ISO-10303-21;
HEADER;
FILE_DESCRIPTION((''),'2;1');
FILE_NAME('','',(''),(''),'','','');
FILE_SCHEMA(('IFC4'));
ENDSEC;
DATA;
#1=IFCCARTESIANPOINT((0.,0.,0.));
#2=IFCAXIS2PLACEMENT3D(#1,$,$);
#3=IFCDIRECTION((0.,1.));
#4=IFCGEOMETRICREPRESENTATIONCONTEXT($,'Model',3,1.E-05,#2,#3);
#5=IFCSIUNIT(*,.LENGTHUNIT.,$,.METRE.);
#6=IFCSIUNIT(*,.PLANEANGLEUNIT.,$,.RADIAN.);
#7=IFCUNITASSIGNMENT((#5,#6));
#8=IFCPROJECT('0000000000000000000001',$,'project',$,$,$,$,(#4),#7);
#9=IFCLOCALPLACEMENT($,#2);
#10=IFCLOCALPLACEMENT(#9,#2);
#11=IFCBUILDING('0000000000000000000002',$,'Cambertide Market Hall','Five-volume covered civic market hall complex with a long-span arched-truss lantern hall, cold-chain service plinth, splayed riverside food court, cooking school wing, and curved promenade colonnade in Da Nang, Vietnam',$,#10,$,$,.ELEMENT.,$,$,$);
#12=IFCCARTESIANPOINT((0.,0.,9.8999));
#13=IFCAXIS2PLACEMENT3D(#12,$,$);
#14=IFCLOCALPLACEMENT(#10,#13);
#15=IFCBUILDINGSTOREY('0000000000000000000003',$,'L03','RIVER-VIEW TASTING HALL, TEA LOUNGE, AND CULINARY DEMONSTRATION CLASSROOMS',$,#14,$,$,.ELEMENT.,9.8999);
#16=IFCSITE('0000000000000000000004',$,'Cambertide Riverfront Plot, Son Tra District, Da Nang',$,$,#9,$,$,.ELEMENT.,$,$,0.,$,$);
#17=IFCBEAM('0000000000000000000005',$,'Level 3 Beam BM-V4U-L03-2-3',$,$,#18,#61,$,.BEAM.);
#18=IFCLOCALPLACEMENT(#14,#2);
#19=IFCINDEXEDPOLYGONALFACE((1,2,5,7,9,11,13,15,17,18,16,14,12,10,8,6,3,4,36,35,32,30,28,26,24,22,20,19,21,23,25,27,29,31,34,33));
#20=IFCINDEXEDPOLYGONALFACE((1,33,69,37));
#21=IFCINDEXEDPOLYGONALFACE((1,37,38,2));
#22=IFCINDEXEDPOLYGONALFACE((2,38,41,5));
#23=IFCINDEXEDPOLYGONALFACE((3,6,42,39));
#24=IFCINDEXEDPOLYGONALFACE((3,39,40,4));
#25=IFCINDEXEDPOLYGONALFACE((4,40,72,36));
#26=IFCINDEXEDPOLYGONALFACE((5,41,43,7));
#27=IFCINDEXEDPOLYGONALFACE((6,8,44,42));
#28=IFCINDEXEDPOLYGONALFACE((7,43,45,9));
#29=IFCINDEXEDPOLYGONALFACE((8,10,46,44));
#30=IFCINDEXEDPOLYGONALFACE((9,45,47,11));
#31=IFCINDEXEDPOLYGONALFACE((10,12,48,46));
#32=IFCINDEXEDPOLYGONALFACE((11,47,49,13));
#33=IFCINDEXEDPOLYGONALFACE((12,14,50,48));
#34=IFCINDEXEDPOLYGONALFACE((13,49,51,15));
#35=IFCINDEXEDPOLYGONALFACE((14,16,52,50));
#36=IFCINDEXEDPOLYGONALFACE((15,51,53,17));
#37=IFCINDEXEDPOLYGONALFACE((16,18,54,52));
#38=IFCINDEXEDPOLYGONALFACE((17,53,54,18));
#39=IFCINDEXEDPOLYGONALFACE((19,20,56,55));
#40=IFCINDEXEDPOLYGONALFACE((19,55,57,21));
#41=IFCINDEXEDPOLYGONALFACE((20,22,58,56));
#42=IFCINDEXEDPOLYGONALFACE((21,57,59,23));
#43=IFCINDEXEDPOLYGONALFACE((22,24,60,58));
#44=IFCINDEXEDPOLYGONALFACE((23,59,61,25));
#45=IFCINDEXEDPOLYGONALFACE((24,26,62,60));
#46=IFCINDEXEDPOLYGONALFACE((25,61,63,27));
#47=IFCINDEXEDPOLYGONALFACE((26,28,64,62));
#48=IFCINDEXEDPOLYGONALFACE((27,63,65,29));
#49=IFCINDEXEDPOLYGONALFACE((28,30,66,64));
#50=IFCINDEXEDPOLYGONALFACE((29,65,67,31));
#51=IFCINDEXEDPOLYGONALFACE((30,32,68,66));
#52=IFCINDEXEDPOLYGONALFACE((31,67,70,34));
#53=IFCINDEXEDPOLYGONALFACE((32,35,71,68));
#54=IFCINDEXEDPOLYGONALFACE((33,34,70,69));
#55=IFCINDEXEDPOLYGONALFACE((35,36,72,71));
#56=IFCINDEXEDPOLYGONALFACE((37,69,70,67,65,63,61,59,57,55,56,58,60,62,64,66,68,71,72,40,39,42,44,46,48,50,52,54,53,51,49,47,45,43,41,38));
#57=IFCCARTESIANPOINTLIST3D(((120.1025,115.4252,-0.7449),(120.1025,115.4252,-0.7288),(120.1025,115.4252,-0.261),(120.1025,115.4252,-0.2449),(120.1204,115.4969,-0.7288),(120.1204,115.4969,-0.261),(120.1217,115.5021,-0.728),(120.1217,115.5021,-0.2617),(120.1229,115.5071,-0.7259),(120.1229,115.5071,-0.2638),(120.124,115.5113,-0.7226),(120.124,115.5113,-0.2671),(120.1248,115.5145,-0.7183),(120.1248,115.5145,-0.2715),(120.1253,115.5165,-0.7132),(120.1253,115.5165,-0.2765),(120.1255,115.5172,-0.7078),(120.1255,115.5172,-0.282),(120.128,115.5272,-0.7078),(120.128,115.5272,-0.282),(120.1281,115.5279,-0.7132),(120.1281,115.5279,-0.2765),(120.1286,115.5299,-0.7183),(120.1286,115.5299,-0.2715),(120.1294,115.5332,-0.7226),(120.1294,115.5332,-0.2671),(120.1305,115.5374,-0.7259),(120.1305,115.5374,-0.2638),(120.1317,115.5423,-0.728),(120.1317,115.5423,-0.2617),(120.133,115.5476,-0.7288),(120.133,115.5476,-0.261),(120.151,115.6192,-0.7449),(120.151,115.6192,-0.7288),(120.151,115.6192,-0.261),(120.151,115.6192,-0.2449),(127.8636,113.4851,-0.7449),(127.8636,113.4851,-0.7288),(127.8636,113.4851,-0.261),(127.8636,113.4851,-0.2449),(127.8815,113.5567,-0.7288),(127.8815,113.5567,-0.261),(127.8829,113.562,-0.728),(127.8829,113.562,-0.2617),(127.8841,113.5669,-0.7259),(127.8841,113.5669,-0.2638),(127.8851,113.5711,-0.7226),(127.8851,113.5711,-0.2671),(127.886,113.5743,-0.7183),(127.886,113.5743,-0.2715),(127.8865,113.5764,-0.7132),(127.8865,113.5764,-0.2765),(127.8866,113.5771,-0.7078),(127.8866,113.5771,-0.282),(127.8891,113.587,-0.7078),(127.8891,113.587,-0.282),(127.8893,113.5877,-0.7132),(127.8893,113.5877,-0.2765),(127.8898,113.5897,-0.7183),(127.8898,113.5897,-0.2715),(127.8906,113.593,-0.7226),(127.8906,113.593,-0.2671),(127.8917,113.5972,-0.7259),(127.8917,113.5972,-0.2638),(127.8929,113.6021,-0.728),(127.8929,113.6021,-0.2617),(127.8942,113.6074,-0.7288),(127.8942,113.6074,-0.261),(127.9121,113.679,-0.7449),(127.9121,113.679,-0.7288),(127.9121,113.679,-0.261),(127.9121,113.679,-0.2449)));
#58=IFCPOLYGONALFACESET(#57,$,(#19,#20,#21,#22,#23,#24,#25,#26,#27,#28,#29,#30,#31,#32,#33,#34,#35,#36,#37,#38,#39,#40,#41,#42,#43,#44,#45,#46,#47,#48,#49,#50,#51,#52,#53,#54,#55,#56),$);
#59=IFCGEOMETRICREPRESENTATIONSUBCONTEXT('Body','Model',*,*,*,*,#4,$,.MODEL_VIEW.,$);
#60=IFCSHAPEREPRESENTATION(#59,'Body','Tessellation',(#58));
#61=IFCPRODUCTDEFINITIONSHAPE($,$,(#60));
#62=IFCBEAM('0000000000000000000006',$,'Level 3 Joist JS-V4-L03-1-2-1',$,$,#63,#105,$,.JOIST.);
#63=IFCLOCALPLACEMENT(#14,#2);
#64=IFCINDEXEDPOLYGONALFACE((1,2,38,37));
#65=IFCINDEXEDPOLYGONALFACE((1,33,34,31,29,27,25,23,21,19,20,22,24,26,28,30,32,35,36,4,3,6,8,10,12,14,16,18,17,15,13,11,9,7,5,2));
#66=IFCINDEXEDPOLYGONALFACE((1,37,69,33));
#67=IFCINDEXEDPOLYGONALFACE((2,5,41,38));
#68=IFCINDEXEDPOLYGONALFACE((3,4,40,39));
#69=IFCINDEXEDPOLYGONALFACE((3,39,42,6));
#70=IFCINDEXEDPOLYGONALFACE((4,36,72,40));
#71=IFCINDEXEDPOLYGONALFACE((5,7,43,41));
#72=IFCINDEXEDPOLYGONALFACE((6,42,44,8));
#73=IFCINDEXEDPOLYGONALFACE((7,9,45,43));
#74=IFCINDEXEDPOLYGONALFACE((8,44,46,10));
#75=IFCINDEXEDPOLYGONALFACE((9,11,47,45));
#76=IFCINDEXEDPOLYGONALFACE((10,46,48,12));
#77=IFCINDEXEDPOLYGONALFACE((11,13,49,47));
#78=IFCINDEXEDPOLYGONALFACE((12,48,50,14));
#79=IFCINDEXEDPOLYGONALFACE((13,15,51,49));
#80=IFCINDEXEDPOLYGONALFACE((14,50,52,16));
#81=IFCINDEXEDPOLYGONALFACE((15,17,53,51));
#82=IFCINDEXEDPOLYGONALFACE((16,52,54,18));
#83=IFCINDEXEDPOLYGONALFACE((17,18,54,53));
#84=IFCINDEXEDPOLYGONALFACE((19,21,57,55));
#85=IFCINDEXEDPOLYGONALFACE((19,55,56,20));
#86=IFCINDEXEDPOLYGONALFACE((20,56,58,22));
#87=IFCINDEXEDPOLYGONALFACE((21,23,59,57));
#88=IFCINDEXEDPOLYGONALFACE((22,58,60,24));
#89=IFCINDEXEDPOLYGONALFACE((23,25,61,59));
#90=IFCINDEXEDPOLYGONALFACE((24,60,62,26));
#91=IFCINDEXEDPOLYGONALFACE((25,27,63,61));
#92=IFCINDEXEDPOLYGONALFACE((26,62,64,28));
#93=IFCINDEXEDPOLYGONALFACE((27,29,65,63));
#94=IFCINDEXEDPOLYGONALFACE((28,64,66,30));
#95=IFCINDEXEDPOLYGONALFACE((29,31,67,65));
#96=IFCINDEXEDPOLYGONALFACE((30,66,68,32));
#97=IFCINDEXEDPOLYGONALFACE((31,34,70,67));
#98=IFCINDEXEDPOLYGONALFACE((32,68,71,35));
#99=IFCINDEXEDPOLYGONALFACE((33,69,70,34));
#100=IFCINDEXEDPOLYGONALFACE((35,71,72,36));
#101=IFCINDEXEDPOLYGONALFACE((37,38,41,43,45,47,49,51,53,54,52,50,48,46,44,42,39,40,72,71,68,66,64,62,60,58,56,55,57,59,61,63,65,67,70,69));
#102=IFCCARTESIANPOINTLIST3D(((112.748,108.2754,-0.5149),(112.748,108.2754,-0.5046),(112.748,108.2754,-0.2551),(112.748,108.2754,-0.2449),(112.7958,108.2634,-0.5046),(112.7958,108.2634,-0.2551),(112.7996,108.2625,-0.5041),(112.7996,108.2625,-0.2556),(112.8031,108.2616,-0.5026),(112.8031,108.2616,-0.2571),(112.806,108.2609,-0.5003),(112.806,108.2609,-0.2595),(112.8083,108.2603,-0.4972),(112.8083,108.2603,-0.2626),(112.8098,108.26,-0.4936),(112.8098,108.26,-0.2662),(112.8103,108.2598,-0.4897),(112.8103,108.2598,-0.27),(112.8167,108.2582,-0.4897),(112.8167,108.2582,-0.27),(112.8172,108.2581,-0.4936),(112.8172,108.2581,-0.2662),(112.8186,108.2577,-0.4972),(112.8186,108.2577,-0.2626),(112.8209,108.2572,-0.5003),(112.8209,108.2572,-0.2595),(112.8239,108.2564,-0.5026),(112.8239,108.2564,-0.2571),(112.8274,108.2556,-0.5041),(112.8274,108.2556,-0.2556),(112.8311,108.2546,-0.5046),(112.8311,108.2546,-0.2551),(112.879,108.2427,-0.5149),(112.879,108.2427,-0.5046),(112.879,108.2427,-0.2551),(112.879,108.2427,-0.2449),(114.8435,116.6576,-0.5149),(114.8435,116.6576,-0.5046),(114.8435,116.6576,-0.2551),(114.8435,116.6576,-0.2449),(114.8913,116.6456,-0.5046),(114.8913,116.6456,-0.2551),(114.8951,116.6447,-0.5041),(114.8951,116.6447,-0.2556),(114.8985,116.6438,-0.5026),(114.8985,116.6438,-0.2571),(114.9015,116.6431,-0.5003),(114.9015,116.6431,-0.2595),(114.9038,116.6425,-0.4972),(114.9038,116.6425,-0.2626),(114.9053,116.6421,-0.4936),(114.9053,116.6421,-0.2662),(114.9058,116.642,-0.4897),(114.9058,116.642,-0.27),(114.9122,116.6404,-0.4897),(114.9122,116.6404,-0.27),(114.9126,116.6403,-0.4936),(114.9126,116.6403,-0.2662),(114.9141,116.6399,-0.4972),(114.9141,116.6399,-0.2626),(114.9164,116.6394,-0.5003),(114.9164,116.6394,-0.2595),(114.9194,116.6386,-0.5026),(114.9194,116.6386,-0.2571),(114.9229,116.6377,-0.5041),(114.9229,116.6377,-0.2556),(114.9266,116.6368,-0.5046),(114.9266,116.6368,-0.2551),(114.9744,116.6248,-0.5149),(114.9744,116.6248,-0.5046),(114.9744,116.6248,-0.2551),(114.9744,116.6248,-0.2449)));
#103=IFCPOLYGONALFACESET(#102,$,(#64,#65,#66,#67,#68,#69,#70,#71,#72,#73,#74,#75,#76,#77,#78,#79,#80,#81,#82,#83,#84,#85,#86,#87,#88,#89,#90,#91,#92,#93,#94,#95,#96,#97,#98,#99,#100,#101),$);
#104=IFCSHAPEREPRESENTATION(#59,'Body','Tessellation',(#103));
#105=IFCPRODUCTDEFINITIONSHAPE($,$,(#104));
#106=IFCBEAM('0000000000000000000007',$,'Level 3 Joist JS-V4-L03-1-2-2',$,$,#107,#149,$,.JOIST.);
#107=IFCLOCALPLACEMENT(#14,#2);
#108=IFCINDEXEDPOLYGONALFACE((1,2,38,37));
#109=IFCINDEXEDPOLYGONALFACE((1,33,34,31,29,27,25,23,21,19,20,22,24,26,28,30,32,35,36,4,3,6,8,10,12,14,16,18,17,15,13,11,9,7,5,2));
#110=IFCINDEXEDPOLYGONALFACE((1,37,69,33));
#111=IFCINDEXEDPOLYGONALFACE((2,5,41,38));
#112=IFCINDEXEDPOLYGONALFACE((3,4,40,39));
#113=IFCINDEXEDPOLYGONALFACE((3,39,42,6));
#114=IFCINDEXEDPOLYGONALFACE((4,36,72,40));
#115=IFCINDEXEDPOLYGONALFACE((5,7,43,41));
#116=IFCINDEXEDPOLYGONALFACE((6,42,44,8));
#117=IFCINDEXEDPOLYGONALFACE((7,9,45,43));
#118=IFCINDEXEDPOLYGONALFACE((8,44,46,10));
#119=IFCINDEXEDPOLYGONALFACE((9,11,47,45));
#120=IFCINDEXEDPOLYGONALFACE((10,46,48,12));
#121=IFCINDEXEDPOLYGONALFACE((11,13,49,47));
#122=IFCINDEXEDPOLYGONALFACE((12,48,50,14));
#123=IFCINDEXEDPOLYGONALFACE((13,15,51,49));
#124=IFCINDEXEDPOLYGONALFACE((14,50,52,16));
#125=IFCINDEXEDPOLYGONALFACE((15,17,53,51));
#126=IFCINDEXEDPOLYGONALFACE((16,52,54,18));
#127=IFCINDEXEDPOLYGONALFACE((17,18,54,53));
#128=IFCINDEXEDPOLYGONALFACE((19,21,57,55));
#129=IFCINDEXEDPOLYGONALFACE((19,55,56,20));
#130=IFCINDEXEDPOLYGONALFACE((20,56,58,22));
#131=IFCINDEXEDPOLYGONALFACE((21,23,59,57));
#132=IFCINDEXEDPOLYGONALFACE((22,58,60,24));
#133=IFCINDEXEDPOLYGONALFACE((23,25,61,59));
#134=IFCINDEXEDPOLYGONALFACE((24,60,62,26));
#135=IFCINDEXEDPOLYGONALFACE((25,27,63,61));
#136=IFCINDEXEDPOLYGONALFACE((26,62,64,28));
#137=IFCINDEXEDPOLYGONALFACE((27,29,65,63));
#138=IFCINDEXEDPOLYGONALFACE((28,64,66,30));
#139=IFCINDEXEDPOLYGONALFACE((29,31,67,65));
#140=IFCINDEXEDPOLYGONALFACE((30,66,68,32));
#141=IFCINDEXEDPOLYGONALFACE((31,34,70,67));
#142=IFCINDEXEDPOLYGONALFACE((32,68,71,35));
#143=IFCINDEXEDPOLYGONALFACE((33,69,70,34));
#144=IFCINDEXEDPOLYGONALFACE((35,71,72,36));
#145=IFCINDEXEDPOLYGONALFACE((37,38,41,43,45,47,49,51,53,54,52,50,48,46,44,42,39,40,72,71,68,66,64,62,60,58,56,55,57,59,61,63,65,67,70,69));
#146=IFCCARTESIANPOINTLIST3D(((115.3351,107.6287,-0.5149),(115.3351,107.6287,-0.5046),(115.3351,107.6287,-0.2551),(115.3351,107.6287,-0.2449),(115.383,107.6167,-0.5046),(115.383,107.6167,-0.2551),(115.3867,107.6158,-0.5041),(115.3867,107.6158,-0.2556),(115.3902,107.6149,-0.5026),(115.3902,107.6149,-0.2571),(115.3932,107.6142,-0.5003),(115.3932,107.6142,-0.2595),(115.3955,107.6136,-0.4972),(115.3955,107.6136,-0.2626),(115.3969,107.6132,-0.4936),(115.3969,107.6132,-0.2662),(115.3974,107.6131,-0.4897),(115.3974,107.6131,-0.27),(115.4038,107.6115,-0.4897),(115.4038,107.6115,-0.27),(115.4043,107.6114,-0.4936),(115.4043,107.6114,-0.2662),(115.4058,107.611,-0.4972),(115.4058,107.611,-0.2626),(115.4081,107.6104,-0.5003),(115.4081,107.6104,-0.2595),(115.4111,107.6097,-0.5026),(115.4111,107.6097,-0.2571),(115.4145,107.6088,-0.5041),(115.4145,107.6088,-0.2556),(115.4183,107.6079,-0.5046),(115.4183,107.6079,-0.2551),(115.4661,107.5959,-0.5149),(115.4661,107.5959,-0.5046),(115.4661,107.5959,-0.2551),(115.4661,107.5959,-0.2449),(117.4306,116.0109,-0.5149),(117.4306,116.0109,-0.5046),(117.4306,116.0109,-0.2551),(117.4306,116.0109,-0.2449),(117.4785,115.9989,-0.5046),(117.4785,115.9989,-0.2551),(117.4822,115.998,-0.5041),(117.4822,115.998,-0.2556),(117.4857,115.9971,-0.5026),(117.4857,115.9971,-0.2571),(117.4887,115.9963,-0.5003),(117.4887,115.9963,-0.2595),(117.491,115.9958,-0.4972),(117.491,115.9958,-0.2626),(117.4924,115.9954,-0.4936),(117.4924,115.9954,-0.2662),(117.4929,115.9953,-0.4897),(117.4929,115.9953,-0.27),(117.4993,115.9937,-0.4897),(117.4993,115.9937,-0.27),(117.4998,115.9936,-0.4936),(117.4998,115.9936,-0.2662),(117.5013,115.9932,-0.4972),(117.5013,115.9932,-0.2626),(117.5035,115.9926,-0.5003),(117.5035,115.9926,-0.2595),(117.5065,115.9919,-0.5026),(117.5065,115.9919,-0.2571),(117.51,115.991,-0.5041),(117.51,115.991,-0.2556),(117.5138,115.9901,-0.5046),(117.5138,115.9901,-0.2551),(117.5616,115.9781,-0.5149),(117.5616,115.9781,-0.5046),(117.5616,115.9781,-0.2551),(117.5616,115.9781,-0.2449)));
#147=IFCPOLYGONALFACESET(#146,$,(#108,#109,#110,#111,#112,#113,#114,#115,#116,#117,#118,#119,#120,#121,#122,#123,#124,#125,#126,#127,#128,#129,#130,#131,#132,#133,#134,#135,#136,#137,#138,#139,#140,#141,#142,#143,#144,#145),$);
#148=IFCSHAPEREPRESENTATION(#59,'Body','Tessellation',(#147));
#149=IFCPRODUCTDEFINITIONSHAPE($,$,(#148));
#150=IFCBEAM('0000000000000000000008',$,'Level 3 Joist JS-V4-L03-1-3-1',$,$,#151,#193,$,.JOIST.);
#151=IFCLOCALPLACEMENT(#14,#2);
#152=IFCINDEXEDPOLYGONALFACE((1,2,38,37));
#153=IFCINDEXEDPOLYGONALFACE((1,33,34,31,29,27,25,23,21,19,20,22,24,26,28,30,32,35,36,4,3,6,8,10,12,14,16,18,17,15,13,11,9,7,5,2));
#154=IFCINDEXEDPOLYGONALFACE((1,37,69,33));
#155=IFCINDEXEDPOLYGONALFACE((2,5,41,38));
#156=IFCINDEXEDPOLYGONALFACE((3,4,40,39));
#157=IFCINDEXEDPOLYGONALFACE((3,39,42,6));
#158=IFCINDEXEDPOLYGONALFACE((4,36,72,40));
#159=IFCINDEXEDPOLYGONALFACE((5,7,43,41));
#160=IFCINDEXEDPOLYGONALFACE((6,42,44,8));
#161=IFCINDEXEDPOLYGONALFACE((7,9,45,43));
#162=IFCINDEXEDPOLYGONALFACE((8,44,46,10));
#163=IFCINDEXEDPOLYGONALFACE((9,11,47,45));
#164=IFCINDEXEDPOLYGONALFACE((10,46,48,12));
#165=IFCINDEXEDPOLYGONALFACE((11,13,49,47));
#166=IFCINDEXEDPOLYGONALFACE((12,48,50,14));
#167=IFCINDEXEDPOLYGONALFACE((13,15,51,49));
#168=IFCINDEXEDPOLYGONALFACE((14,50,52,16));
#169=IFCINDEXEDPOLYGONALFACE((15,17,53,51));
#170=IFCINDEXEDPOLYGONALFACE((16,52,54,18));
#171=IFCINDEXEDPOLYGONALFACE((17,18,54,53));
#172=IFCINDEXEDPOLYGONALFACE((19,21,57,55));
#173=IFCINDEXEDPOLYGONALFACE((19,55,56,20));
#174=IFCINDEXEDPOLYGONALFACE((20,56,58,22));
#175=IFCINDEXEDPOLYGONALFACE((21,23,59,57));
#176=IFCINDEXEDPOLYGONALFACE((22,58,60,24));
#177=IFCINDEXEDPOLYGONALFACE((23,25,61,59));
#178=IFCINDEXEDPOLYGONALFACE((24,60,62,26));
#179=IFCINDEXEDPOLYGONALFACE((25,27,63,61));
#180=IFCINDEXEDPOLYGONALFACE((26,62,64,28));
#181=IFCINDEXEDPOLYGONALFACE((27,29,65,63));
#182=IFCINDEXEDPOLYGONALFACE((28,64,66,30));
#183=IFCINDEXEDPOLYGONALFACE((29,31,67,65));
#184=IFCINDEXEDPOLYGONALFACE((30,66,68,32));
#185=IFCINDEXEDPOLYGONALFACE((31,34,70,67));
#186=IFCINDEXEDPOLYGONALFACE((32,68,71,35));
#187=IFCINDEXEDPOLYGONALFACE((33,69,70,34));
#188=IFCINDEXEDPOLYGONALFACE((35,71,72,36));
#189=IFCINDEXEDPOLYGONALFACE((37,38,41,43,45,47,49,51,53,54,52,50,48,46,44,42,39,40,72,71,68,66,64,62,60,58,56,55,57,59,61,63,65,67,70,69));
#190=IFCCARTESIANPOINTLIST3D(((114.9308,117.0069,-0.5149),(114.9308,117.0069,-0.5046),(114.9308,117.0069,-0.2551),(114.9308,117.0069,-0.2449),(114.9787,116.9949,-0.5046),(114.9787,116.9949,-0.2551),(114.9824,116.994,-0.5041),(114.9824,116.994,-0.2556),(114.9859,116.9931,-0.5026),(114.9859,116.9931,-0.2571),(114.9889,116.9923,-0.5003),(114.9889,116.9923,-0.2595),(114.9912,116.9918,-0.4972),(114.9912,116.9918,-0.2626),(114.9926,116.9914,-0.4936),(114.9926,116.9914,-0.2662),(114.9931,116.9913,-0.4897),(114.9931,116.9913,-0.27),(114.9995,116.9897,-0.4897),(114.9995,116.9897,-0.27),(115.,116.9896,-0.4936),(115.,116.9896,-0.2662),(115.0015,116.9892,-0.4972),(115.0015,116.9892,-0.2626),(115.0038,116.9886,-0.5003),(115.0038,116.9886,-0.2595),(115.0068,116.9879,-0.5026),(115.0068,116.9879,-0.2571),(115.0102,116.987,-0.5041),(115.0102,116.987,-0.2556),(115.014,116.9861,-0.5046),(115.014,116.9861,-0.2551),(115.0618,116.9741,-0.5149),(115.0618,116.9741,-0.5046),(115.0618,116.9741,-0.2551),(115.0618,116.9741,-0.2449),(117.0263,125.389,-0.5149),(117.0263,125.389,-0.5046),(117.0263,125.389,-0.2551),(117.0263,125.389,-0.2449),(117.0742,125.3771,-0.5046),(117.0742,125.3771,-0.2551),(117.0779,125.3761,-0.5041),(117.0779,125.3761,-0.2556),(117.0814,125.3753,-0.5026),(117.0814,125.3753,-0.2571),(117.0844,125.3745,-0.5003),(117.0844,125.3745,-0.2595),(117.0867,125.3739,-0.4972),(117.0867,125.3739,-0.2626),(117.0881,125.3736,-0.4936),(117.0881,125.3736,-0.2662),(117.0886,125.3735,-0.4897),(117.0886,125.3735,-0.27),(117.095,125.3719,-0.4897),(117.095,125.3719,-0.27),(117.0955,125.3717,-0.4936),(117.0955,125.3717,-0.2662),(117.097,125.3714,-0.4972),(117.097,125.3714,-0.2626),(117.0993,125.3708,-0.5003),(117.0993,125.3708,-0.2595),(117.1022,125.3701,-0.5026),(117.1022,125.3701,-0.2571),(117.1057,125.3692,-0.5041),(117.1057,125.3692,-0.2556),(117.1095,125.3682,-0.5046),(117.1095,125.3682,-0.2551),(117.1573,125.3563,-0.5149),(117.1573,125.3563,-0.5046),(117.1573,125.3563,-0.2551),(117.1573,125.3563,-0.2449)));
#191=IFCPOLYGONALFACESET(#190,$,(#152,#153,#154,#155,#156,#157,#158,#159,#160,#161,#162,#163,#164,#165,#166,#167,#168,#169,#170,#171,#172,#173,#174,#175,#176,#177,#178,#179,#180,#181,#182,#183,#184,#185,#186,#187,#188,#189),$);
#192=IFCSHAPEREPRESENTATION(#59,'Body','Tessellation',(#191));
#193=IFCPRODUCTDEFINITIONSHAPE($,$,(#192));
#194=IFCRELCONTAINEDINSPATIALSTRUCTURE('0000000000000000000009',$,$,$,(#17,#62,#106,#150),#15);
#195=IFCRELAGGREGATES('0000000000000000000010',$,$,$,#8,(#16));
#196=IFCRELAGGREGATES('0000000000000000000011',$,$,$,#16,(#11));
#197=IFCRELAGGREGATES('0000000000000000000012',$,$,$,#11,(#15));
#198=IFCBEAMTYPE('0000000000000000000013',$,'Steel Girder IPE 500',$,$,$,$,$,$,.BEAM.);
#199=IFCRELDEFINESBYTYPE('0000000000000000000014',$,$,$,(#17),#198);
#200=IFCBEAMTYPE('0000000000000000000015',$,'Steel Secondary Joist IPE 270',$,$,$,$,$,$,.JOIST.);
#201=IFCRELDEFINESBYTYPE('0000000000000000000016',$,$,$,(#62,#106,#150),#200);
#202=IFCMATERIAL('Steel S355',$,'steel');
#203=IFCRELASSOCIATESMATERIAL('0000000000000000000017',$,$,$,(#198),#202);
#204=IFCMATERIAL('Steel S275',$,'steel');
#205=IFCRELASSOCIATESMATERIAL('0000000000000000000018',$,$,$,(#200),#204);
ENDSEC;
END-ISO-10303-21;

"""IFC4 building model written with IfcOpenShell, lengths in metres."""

from ifc_helpers import new_model, si_unit, direction, frame, origin, origin_2d, place, context, subcontext, project, spatial, i_section, extrude, material, material_profile, profile_set, type_object, element, save


model = new_model("IFC4")

# Units and contexts
model_context = context("Model", 3, precision=1e-05, world=origin(), true_north=direction((0.0, 1.0)))
body_context = subcontext(model_context, "Body", "Model", "MODEL_VIEW")
ifc_project = project(units=[si_unit("LENGTHUNIT", "METRE"), si_unit("PLANEANGLEUNIT", "RADIAN")], contexts=[model_context])

# Site, building, storey
site_placement = place(None, origin())
site = spatial("IfcSite", under=ifc_project, at=site_placement, Name="Cambertide Riverfront Plot, Son Tra District, Da Nang", CompositionType="ELEMENT", RefElevation=0.0)
building_placement = place(site_placement, origin())
building = spatial("IfcBuilding", under=site, at=building_placement, Name="Cambertide Market Hall", Description="Five-volume covered civic market hall complex with a long-span arched-truss lantern hall, cold-chain service plinth, splayed riverside food court, cooking school wing, and curved promenade colonnade in Da Nang, Vietnam", CompositionType="ELEMENT")
storey_placement = place(building_placement, frame((0.0, 0.0, 9.8999)))
storey = spatial("IfcBuildingStorey", under=building, at=storey_placement, Name="L03", Description="RIVER-VIEW TASTING HALL, TEA LOUNGE, AND CULINARY DEMONSTRATION CLASSROOMS", CompositionType="ELEMENT", Elevation=9.8999)

# Beams
ifc_material_1 = material(Name="Steel S355", Category="steel")
ifc_material_profile_1 = material_profile(ifc_material_1, i_section(OverallWidth=0.2, OverallDepth=0.5, WebThickness=0.0103, FlangeThickness=0.0161, FilletRadius=0.021, at=origin_2d()), Name="IPE 500")
ifc_profile_set_1 = profile_set([ifc_material_profile_1], Name="Steel S355")
beam_type_1 = type_object("IfcBeamType", Name="Steel Girder IPE 500", PredefinedType="BEAM", material=ifc_profile_set_1)
for number, where, z_axis, x_axis, name in (
    (1, (120.1267, 115.5222, -0.4949), (0.970146, -0.242521, 0.0), (0.242521, 0.970146, 0.0), "Level 3 Beam BM-V4U-L03-2-3"),
):
    element("IfcBeam", number, at=place(storey_placement, frame(where, z_axis=z_axis, x_axis=x_axis)), inside=storey, type_object=beam_type_1, Name=name, PredefinedType="BEAM", context=body_context, shape_type="SweptSolid", body=[
        extrude(i_section(OverallWidth=0.2, OverallDepth=0.5, WebThickness=0.0103, FlangeThickness=0.0161, FilletRadius=0.021, at=origin_2d()), origin(), (0.0, 0.0, 1.0), 8.0),
    ])
ifc_material_2 = material(Name="Steel S275", Category="steel")
ifc_material_profile_2 = material_profile(ifc_material_2, i_section(OverallWidth=0.135, OverallDepth=0.27, WebThickness=0.0066, FlangeThickness=0.0103, FilletRadius=0.0149, at=origin_2d()), Name="IPE 270")
ifc_profile_set_2 = profile_set([ifc_material_profile_2], Name="Steel S275")
beam_type_2 = type_object("IfcBeamType", Name="Steel Secondary Joist IPE 270", PredefinedType="JOIST", material=ifc_profile_set_2)
for number, where, z_axis, x_axis, name in (
    (2, (112.8135, 108.259, -0.3799), (0.242529, 0.970144, 0.0), (-0.970144, 0.242529, 0.0), "Level 3 Joist JS-V4-L03-1-2-1"),
    (3, (115.4006, 107.6123, -0.3799), (0.242529, 0.970144, 0.0), (-0.970144, 0.242529, 0.0), "Level 3 Joist JS-V4-L03-1-2-2"),
    (4, (114.9963, 116.9905, -0.3799), (0.242529, 0.970144, 0.0), (-0.970144, 0.242529, 0.0), "Level 3 Joist JS-V4-L03-1-3-1"),
):
    element("IfcBeam", number, at=place(storey_placement, frame(where, z_axis=z_axis, x_axis=x_axis)), inside=storey, type_object=beam_type_2, Name=name, PredefinedType="JOIST", context=body_context, shape_type="SweptSolid", body=[
        extrude(i_section(OverallWidth=0.135, OverallDepth=0.27, WebThickness=0.0066, FlangeThickness=0.0103, FilletRadius=0.0149, at=origin_2d()), origin(), (0.0, 0.0, 1.0), 8.6401),
    ])

save(model, "model.ifc")
